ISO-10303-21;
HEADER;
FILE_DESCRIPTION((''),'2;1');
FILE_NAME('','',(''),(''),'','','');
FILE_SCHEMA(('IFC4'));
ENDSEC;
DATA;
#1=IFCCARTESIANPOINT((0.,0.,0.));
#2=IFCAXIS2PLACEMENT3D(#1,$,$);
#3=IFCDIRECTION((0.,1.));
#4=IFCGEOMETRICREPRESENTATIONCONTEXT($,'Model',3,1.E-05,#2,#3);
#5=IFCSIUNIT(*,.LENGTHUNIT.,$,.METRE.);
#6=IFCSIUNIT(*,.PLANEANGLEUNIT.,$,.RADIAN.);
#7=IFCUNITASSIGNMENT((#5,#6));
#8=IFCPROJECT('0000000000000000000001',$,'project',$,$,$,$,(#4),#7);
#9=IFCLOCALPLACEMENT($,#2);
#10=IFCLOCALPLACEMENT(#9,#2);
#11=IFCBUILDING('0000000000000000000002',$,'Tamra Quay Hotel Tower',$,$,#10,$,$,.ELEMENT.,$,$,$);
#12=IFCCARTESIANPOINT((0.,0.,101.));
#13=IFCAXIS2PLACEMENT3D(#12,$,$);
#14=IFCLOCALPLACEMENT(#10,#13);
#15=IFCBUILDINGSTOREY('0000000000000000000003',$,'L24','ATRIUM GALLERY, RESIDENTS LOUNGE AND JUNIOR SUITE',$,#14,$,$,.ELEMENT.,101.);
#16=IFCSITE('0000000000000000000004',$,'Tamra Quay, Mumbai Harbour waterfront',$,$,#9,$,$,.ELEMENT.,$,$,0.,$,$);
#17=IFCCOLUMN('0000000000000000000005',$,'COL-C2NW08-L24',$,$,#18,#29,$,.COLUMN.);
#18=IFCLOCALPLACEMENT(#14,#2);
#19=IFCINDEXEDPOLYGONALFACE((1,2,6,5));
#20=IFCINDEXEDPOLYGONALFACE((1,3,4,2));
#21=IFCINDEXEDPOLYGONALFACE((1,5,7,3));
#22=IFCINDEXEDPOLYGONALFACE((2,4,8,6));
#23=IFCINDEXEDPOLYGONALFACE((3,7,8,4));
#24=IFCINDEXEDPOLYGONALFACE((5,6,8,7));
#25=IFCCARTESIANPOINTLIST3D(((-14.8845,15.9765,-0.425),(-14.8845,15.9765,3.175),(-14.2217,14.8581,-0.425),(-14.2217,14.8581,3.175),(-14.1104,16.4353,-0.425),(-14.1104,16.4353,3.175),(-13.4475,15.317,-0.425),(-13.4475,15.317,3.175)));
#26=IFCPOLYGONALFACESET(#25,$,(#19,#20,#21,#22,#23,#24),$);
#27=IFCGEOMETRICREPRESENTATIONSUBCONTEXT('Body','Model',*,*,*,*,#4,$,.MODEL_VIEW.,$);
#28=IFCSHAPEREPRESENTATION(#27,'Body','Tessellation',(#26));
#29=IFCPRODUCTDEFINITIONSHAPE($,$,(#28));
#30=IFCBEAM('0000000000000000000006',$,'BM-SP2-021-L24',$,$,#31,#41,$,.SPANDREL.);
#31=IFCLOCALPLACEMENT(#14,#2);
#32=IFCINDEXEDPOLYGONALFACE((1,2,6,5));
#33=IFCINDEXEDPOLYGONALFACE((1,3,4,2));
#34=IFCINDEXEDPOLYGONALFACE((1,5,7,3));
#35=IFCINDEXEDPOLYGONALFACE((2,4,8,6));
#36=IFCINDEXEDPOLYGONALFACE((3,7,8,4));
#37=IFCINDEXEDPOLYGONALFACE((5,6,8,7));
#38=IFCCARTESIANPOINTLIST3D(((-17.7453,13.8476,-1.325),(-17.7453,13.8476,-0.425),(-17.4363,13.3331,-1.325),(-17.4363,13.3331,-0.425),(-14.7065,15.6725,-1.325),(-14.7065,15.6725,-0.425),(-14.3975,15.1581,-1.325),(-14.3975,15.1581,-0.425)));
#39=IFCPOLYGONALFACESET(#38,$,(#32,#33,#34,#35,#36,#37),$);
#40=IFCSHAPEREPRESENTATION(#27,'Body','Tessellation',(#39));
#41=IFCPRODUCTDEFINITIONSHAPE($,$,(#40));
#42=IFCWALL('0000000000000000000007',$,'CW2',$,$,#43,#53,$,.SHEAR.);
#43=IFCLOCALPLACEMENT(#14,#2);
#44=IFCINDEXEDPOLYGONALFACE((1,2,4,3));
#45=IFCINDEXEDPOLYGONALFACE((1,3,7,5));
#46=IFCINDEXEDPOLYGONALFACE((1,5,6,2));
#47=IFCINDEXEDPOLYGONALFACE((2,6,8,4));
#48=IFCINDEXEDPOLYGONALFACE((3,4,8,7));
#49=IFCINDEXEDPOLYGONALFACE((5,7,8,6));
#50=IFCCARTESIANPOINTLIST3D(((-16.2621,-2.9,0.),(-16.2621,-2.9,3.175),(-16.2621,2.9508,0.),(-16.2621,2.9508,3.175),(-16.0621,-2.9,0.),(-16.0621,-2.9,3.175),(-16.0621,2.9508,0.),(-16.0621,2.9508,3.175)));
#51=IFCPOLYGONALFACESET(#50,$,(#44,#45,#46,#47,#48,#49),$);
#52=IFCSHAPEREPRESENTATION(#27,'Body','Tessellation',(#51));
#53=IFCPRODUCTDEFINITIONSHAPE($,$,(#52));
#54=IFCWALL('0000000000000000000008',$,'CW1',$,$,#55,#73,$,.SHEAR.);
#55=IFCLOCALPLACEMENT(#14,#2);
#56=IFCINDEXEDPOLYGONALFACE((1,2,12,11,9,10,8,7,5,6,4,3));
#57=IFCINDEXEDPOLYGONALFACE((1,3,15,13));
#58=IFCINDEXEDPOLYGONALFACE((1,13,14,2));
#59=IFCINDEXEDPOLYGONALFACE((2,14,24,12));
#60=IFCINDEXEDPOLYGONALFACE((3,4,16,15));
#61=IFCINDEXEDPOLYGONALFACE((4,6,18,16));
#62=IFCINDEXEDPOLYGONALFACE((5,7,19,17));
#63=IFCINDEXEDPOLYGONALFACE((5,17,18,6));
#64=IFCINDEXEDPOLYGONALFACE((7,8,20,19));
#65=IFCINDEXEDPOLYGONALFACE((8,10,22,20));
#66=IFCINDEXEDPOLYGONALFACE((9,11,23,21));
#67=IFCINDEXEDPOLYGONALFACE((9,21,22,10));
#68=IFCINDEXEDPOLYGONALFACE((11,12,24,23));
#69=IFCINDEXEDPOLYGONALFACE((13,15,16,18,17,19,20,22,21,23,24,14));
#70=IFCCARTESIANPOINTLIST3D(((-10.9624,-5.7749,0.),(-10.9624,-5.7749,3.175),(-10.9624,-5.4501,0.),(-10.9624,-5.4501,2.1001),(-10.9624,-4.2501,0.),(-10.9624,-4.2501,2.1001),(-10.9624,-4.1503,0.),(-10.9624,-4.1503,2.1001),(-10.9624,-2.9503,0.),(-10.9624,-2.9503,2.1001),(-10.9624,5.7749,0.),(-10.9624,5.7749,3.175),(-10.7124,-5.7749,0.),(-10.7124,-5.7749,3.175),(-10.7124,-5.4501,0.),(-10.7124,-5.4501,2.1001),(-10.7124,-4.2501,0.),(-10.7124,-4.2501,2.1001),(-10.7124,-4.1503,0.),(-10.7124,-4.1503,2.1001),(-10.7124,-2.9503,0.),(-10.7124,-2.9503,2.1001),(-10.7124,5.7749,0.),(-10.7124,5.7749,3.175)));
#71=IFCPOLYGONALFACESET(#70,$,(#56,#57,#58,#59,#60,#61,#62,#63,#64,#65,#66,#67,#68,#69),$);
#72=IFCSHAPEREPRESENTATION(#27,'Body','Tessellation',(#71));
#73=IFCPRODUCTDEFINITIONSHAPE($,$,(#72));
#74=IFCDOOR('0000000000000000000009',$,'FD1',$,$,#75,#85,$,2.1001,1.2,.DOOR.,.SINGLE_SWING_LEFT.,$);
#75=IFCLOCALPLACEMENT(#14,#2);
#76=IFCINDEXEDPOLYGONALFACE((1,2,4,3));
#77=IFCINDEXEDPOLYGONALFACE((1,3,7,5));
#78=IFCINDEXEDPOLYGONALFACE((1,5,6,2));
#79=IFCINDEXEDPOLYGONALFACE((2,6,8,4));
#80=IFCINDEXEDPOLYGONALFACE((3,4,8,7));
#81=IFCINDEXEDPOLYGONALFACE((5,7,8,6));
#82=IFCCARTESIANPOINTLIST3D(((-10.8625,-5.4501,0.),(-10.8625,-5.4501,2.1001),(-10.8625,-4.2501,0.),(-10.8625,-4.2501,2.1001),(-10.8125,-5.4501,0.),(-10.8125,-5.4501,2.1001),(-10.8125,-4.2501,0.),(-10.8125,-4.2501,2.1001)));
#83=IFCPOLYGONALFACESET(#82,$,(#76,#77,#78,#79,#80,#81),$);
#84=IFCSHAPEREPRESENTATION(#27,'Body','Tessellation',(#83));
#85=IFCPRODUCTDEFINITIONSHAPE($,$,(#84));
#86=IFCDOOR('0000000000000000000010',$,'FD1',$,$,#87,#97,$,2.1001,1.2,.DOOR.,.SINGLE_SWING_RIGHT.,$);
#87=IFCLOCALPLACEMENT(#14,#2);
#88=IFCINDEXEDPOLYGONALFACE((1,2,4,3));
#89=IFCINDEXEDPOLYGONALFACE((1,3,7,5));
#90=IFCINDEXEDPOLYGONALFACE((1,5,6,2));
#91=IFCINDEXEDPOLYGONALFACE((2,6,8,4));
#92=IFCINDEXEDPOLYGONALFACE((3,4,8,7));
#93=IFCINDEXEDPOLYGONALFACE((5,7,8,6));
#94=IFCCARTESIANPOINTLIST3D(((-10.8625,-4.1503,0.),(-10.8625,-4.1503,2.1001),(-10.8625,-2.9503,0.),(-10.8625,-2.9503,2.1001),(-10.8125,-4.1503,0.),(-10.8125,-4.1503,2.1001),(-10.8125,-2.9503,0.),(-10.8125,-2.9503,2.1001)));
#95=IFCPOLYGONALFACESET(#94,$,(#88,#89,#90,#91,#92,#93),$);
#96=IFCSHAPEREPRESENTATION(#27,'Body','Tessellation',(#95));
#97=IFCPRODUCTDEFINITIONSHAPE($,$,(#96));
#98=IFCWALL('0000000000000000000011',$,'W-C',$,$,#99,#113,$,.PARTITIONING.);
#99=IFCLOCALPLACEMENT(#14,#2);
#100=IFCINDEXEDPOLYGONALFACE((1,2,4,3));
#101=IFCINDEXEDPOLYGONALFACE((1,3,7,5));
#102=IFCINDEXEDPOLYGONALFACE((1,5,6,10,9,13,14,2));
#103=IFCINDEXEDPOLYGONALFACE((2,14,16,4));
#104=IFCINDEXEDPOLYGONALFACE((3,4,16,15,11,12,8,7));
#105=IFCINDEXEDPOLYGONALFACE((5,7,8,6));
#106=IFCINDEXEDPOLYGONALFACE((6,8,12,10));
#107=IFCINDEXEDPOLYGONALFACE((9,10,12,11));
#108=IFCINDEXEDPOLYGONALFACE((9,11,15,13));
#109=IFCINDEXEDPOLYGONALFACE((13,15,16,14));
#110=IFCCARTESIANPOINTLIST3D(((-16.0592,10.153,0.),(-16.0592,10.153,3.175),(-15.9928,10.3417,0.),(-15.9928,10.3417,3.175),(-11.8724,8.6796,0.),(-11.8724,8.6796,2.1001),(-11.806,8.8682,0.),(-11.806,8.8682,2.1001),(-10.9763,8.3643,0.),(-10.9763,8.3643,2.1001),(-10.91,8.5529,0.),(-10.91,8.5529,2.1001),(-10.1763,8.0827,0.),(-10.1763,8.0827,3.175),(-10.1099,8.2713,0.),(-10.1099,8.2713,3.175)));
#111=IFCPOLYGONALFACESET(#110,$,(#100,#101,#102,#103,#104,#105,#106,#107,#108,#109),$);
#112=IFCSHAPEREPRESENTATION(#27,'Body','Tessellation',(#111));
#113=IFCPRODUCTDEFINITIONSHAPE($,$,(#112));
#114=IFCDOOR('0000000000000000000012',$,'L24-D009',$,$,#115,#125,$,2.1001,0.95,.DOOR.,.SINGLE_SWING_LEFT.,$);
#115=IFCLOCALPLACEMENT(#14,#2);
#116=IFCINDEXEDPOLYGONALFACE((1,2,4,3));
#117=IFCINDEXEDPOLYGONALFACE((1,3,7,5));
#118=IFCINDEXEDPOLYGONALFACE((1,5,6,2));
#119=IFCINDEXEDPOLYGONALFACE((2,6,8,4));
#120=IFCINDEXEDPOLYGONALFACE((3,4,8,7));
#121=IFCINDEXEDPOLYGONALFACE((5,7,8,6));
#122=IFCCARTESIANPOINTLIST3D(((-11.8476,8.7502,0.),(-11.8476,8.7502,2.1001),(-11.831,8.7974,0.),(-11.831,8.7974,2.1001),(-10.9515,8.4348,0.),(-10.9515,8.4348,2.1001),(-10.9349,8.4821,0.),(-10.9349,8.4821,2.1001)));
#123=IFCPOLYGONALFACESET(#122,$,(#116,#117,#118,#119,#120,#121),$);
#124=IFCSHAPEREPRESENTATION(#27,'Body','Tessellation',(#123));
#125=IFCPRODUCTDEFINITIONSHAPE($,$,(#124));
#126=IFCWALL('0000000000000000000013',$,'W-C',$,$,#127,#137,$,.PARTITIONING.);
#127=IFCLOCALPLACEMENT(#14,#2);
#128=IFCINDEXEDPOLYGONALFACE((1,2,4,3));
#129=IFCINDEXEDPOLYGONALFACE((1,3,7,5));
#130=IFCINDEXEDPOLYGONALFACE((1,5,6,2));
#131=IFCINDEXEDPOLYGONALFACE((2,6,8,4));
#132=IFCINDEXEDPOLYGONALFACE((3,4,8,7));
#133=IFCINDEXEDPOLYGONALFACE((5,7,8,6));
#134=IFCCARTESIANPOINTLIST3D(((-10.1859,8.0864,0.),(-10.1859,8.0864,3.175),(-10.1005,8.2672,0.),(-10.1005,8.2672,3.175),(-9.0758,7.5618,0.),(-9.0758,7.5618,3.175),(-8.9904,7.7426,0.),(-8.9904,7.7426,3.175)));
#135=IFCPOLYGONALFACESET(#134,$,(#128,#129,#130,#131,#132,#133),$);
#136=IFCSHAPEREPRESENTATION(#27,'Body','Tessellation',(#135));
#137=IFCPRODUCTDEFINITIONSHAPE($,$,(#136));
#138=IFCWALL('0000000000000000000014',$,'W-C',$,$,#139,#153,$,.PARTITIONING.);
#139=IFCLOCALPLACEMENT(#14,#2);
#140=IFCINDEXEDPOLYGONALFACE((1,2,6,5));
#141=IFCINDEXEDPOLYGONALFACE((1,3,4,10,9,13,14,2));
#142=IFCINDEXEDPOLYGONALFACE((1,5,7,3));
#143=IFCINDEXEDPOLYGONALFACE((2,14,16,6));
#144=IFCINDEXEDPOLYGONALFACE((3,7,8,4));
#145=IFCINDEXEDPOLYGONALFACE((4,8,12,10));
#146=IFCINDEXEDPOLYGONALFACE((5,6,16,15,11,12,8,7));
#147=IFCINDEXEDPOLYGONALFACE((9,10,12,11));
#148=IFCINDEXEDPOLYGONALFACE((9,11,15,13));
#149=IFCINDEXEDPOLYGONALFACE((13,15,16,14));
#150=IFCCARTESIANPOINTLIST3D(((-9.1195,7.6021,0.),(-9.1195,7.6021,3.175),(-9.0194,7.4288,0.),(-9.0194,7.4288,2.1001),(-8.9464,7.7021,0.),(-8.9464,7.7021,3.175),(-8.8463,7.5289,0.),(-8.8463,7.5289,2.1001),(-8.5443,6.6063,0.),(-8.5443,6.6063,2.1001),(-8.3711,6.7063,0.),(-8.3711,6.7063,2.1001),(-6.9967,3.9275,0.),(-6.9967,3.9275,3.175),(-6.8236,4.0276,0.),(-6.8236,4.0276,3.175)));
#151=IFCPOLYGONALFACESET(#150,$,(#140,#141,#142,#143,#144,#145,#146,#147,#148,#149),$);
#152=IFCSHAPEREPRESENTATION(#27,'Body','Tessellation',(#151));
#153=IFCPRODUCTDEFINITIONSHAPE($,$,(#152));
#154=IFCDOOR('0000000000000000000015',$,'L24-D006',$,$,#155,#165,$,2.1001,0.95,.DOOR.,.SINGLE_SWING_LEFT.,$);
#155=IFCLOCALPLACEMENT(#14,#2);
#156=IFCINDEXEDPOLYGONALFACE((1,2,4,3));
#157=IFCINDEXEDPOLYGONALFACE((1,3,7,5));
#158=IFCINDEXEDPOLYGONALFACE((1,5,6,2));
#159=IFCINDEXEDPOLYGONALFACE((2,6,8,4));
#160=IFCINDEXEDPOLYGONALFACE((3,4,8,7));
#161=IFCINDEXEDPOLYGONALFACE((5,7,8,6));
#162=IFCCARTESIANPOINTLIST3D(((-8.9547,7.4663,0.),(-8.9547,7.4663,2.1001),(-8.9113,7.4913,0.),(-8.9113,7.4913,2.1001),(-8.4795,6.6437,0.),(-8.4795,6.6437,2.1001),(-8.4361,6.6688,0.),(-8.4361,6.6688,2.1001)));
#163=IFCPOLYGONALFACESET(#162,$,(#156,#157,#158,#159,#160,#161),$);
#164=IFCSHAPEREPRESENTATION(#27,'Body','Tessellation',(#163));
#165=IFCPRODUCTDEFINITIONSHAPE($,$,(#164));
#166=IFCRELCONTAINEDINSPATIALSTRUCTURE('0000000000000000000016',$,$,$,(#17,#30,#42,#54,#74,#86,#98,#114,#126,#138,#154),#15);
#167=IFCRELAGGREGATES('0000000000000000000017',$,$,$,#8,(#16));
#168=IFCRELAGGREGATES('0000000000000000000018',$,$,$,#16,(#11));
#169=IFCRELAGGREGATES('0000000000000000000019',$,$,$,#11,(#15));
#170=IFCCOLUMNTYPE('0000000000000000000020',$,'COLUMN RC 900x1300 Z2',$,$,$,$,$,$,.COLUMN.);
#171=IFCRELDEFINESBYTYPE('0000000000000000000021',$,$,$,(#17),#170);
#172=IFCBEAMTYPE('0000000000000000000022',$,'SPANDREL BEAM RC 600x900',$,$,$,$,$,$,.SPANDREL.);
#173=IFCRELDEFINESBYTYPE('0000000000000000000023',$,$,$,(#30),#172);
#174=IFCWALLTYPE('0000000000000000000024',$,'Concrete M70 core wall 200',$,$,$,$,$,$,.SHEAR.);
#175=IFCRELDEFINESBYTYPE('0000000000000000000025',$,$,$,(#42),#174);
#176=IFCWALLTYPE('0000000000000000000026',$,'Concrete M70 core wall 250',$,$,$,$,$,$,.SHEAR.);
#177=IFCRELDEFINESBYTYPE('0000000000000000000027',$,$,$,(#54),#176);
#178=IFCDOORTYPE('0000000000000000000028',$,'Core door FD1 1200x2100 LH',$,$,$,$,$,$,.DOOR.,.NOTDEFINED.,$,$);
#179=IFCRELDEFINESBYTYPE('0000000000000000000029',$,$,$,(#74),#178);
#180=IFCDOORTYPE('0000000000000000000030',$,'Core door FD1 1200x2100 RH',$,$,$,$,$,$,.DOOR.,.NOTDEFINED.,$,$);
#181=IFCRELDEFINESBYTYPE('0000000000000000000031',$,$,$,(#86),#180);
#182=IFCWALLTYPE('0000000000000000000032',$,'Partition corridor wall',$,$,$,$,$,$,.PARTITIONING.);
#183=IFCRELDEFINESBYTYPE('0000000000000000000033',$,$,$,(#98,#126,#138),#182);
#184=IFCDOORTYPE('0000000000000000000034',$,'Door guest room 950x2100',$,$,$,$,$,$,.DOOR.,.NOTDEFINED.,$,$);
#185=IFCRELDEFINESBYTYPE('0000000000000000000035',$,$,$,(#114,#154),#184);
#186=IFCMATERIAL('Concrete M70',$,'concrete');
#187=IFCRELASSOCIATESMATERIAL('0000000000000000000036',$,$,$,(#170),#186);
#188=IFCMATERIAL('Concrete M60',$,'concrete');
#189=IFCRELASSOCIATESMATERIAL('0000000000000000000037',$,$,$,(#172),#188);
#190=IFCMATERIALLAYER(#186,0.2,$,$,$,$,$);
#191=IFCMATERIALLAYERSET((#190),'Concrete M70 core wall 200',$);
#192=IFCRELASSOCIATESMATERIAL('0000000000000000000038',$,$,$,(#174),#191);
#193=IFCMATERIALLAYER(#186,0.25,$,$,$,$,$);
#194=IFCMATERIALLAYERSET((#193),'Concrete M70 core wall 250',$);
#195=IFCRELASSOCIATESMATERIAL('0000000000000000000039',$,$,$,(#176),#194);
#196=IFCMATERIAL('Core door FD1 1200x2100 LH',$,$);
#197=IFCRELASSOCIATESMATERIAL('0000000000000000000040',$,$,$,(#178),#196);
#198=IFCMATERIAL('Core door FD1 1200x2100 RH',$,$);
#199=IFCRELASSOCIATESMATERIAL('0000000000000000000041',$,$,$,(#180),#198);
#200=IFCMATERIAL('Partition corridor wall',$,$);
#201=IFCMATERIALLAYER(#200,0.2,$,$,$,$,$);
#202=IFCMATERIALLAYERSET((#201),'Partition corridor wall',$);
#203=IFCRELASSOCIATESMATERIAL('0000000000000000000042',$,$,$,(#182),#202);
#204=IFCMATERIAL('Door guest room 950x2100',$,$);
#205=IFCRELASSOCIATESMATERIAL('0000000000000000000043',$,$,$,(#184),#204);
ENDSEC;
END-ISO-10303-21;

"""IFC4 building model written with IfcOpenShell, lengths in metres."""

from ifc_helpers import new_model, si_unit, direction, frame, frame_2d, origin, origin_2d, place, context, subcontext, project, spatial, rectangle, extrude, material, layer, layer_set, material_profile, profile_set, type_object, element, fill, save


model = new_model("IFC4")

# Units and contexts
model_context = context("Model", 3, precision=1e-05, world=origin(), true_north=direction((0.0, 1.0)))
body_context = subcontext(model_context, "Body", "Model", "MODEL_VIEW")
ifc_project = project(units=[si_unit("LENGTHUNIT", "METRE"), si_unit("PLANEANGLEUNIT", "RADIAN")], contexts=[model_context])

# Site, building, storey
site_placement = place(None, origin())
site = spatial("IfcSite", under=ifc_project, at=site_placement, Name="Tamra Quay, Mumbai Harbour waterfront", CompositionType="ELEMENT", RefElevation=0.0)
building_placement = place(site_placement, origin())
building = spatial("IfcBuilding", under=site, at=building_placement, Name="Tamra Quay Hotel Tower", CompositionType="ELEMENT")
storey_placement = place(building_placement, frame((0.0, 0.0, 101.0)))
storey = spatial("IfcBuildingStorey", under=building, at=storey_placement, Name="L24", Description="ATRIUM GALLERY, RESIDENTS LOUNGE AND JUNIOR SUITE", CompositionType="ELEMENT", Elevation=101.0)

# Column
ifc_material_1 = material(Name="Concrete M70", Category="concrete")
ifc_material_profile_1 = material_profile(ifc_material_1, rectangle(XDim=1.3, YDim=0.8999, at=origin_2d()), Name="COLUMN RC 900x1300 Z2")
ifc_profile_set_1 = profile_set([ifc_material_profile_1], Name="Concrete M70")
column_type = type_object("IfcColumnType", Name="COLUMN RC 900x1300 Z2", PredefinedType="COLUMN", material=ifc_profile_set_1)
column_placement = place(storey_placement, frame((-14.166, 15.6467, -0.425), z_axis=(0.0, 0.0, 1.0), x_axis=(-0.509873, 0.860249, 0.0)))
element("IfcColumn", 1, at=column_placement, inside=storey, type_object=column_type, Name="COL-C2NW08-L24", PredefinedType="COLUMN", context=body_context, shape_type="SweptSolid", body=[
    extrude(rectangle(XDim=1.3, YDim=0.8999, at=origin_2d()), origin(), (0.0, 0.0, 1.0), 3.6001),
])

# Beam
ifc_material_2 = material(Name="Concrete M60", Category="concrete")
ifc_material_profile_2 = material_profile(ifc_material_2, rectangle(XDim=0.6001, YDim=0.8999, at=origin_2d()), Name="SPANDREL BEAM RC 600x900")
ifc_profile_set_2 = profile_set([ifc_material_profile_2], Name="Concrete M60")
beam_type = type_object("IfcBeamType", Name="SPANDREL BEAM RC 600x900", PredefinedType="SPANDREL", material=ifc_profile_set_2)
beam_placement = place(storey_placement, frame((-14.552, 15.4153, -0.875), z_axis=(-0.857286, -0.51484, 0.0), x_axis=(0.51484, -0.857286, 0.0)))
element("IfcBeam", 2, at=beam_placement, inside=storey, type_object=beam_type, Name="BM-SP2-021-L24", PredefinedType="SPANDREL", context=body_context, shape_type="SweptSolid", body=[
    extrude(rectangle(XDim=0.6001, YDim=0.8999, at=origin_2d()), origin(), (0.0, 0.0, 1.0), 3.5447),
])

# Wall
ifc_layer_1 = layer(ifc_material_1, 0.2)
ifc_layer_set_1 = layer_set([ifc_layer_1], Name="Concrete M70 core wall 200")
wall_type_1 = type_object("IfcWallType", Name="Concrete M70 core wall 200", PredefinedType="SHEAR", material=ifc_layer_set_1)
wall_1_placement = place(storey_placement, frame((-16.1621, 2.9507, 0.0), z_axis=(0.0, 0.0, 1.0), x_axis=(0.0, -1.0, 0.0)))
element("IfcWall", 3, at=wall_1_placement, inside=storey, type_object=wall_type_1, Name="CW2", PredefinedType="SHEAR", context=body_context, shape_type="SweptSolid", body=[
    extrude(rectangle(XDim=5.8508, YDim=0.2, at=frame_2d((2.9253, 0.0))), origin(), (0.0, 0.0, 1.0), 3.175),
])

# Wall, openings, doors
ifc_layer_2 = layer(ifc_material_1, 0.25)
ifc_layer_set_2 = layer_set([ifc_layer_2], Name="Concrete M70 core wall 250")
wall_type_2 = type_object("IfcWallType", Name="Concrete M70 core wall 250", PredefinedType="SHEAR", material=ifc_layer_set_2)
wall_2_placement = place(storey_placement, frame((-10.8374, 5.7749, 0.0), z_axis=(0.0, 0.0, 1.0), x_axis=(0.0, -1.0, 0.0)))
wall_2 = element("IfcWall", 4, at=wall_2_placement, inside=storey, type_object=wall_type_2, Name="CW1", PredefinedType="SHEAR", context=body_context, shape_type="SweptSolid", body=[
    extrude(rectangle(XDim=11.5498, YDim=0.25, at=frame_2d((5.7749, 0.0))), origin(), (0.0, 0.0, 1.0), 3.175),
])
opening_1_placement = place(wall_2_placement, frame((10.0249, 0.0, 0.0)))
opening_1 = element("IfcOpeningElement", 5, at=opening_1_placement, cuts=wall_2, PredefinedType="OPENING", context=body_context, shape_type="SweptSolid", body=[
    extrude(rectangle(XDim=1.2, YDim=2.1001, at=frame_2d((0.6001, 1.05))), frame((0.0, 0.135, 0.0), z_axis=(0.0, -1.0, 0.0), x_axis=(1.0, 0.0, 0.0)), (0.0, 0.0, 1.0), 0.27),
])
opening_2_placement = place(wall_2_placement, frame((8.7251, 0.0, 0.0)))
opening_2 = element("IfcOpeningElement", 6, at=opening_2_placement, cuts=wall_2, PredefinedType="OPENING", context=body_context, shape_type="SweptSolid", body=[
    extrude(rectangle(XDim=1.2, YDim=2.1001, at=frame_2d((0.6001, 1.05))), frame((0.0, 0.135, 0.0), z_axis=(0.0, -1.0, 0.0), x_axis=(1.0, 0.0, 0.0)), (0.0, 0.0, 1.0), 0.27),
])
ifc_material_3 = material(Name="Core door FD1 1200x2100 LH")
door_type_1 = type_object("IfcDoorType", Name="Core door FD1 1200x2100 LH", OperationType="NOTDEFINED", PredefinedType="DOOR", material=ifc_material_3)
door_1_placement = place(opening_1_placement, origin())
door_1 = element("IfcDoor", 7, at=door_1_placement, inside=storey, type_object=door_type_1, Name="FD1", OperationType="SINGLE_SWING_LEFT", OverallHeight=2.1001, OverallWidth=1.2, PredefinedType="DOOR", context=body_context, shape_type="SweptSolid", body=[
    extrude(rectangle(XDim=1.2, YDim=2.1001, at=frame_2d((0.6001, 1.05))), frame((0.0, 0.0249, 0.0), z_axis=(0.0, -1.0, 0.0), x_axis=(1.0, 0.0, 0.0)), (0.0, 0.0, 1.0), 0.05),
])
fill(opening_1, door_1)
ifc_material_4 = material(Name="Core door FD1 1200x2100 RH")
door_type_2 = type_object("IfcDoorType", Name="Core door FD1 1200x2100 RH", OperationType="NOTDEFINED", PredefinedType="DOOR", material=ifc_material_4)
door_2_placement = place(opening_2_placement, origin())
door_2 = element("IfcDoor", 8, at=door_2_placement, inside=storey, type_object=door_type_2, Name="FD1", OperationType="SINGLE_SWING_RIGHT", OverallHeight=2.1001, OverallWidth=1.2, PredefinedType="DOOR", context=body_context, shape_type="SweptSolid", body=[
    extrude(rectangle(XDim=1.2, YDim=2.1001, at=frame_2d((0.6001, 1.05))), frame((0.0, 0.0249, 0.0), z_axis=(0.0, -1.0, 0.0), x_axis=(1.0, 0.0, 0.0)), (0.0, 0.0, 1.0), 0.05),
])
fill(opening_2, door_2)

# Wall, opening, door
ifc_material_5 = material(Name="Partition corridor wall")
ifc_layer_3 = layer(ifc_material_5, 0.2)
ifc_layer_set_3 = layer_set([ifc_layer_3], Name="Partition corridor wall")
wall_type_3 = type_object("IfcWallType", Name="Partition corridor wall", PredefinedType="PARTITIONING", material=ifc_layer_set_3)
wall_3_placement = place(storey_placement, frame((-16.0259, 10.2473, 0.0), z_axis=(0.0, 0.0, 1.0), x_axis=(0.943291, -0.331968, 0.0)))
wall_3 = element("IfcWall", 9, at=wall_3_placement, inside=storey, type_object=wall_type_3, Name="W-C", PredefinedType="PARTITIONING", context=body_context, shape_type="SweptSolid", body=[
    extrude(rectangle(XDim=6.2366, YDim=0.2, at=frame_2d((3.1182, 0.0))), origin(), (0.0, 0.0, 1.0), 3.175),
])
opening_3_placement = place(wall_3_placement, frame((4.4382, 0.0, 0.0)))
opening_3 = element("IfcOpeningElement", 10, at=opening_3_placement, cuts=wall_3, PredefinedType="OPENING", context=body_context, shape_type="SweptSolid", body=[
    extrude(rectangle(XDim=0.95, YDim=2.1001, at=frame_2d((0.4751, 1.05))), frame((0.0, 0.1099, 0.0), z_axis=(0.0, -1.0, 0.0), x_axis=(1.0, 0.0, 0.0)), (0.0, 0.0, 1.0), 0.22),
])
ifc_material_6 = material(Name="Door guest room 950x2100")
door_type_3 = type_object("IfcDoorType", Name="Door guest room 950x2100", OperationType="NOTDEFINED", PredefinedType="DOOR", material=ifc_material_6)
door_3_placement = place(opening_3_placement, origin())
door_3 = element("IfcDoor", 11, at=door_3_placement, inside=storey, type_object=door_type_3, Name="L24-D009", OperationType="SINGLE_SWING_LEFT", OverallHeight=2.1001, OverallWidth=0.95, PredefinedType="DOOR", context=body_context, shape_type="SweptSolid", body=[
    extrude(rectangle(XDim=0.95, YDim=2.1001, at=frame_2d((0.4751, 1.05))), frame((0.0, 0.0249, 0.0), z_axis=(0.0, -1.0, 0.0), x_axis=(1.0, 0.0, 0.0)), (0.0, 0.0, 1.0), 0.05),
])
fill(opening_3, door_3)

# Wall
wall_4_placement = place(storey_placement, frame((-10.1431, 8.1768, 0.0), z_axis=(0.0, 0.0, 1.0), x_axis=(0.90411, -0.4273, 0.0)))
element("IfcWall", 12, at=wall_4_placement, inside=storey, type_object=wall_type_3, Name="W-C", PredefinedType="PARTITIONING", context=body_context, shape_type="SweptSolid", body=[
    extrude(rectangle(XDim=1.2278, YDim=0.2, at=frame_2d((0.6138, 0.0))), origin(), (0.0, 0.0, 1.0), 3.175),
])

# Wall, opening, door
wall_5_placement = place(storey_placement, frame((-9.033, 7.6521, 0.0), z_axis=(0.0, 0.0, 1.0), x_axis=(0.500229, -0.865893, 0.0)))
wall_5 = element("IfcWall", 13, at=wall_5_placement, inside=storey, type_object=wall_type_3, Name="W-C", PredefinedType="PARTITIONING", context=body_context, shape_type="SweptSolid", body=[
    extrude(rectangle(XDim=4.2437, YDim=0.2, at=frame_2d((2.1218, 0.0))), origin(), (0.0, 0.0, 1.0), 3.175),
])
opening_4_placement = place(wall_5_placement, frame((0.2, 0.0, 0.0)))
opening_4 = element("IfcOpeningElement", 14, at=opening_4_placement, cuts=wall_5, PredefinedType="OPENING", context=body_context, shape_type="SweptSolid", body=[
    extrude(rectangle(XDim=0.95, YDim=2.1001, at=frame_2d((0.4751, 1.05))), frame((0.0, 0.1099, 0.0), z_axis=(0.0, -1.0, 0.0), x_axis=(1.0, 0.0, 0.0)), (0.0, 0.0, 1.0), 0.22),
])
door_4_placement = place(opening_4_placement, origin())
door_4 = element("IfcDoor", 15, at=door_4_placement, inside=storey, type_object=door_type_3, Name="L24-D006", OperationType="SINGLE_SWING_LEFT", OverallHeight=2.1001, OverallWidth=0.95, PredefinedType="DOOR", context=body_context, shape_type="SweptSolid", body=[
    extrude(rectangle(XDim=0.95, YDim=2.1001, at=frame_2d((0.4751, 1.05))), frame((0.0, 0.0249, 0.0), z_axis=(0.0, -1.0, 0.0), x_axis=(1.0, 0.0, 0.0)), (0.0, 0.0, 1.0), 0.05),
])
fill(opening_4, door_4)

save(model, "model.ifc")
